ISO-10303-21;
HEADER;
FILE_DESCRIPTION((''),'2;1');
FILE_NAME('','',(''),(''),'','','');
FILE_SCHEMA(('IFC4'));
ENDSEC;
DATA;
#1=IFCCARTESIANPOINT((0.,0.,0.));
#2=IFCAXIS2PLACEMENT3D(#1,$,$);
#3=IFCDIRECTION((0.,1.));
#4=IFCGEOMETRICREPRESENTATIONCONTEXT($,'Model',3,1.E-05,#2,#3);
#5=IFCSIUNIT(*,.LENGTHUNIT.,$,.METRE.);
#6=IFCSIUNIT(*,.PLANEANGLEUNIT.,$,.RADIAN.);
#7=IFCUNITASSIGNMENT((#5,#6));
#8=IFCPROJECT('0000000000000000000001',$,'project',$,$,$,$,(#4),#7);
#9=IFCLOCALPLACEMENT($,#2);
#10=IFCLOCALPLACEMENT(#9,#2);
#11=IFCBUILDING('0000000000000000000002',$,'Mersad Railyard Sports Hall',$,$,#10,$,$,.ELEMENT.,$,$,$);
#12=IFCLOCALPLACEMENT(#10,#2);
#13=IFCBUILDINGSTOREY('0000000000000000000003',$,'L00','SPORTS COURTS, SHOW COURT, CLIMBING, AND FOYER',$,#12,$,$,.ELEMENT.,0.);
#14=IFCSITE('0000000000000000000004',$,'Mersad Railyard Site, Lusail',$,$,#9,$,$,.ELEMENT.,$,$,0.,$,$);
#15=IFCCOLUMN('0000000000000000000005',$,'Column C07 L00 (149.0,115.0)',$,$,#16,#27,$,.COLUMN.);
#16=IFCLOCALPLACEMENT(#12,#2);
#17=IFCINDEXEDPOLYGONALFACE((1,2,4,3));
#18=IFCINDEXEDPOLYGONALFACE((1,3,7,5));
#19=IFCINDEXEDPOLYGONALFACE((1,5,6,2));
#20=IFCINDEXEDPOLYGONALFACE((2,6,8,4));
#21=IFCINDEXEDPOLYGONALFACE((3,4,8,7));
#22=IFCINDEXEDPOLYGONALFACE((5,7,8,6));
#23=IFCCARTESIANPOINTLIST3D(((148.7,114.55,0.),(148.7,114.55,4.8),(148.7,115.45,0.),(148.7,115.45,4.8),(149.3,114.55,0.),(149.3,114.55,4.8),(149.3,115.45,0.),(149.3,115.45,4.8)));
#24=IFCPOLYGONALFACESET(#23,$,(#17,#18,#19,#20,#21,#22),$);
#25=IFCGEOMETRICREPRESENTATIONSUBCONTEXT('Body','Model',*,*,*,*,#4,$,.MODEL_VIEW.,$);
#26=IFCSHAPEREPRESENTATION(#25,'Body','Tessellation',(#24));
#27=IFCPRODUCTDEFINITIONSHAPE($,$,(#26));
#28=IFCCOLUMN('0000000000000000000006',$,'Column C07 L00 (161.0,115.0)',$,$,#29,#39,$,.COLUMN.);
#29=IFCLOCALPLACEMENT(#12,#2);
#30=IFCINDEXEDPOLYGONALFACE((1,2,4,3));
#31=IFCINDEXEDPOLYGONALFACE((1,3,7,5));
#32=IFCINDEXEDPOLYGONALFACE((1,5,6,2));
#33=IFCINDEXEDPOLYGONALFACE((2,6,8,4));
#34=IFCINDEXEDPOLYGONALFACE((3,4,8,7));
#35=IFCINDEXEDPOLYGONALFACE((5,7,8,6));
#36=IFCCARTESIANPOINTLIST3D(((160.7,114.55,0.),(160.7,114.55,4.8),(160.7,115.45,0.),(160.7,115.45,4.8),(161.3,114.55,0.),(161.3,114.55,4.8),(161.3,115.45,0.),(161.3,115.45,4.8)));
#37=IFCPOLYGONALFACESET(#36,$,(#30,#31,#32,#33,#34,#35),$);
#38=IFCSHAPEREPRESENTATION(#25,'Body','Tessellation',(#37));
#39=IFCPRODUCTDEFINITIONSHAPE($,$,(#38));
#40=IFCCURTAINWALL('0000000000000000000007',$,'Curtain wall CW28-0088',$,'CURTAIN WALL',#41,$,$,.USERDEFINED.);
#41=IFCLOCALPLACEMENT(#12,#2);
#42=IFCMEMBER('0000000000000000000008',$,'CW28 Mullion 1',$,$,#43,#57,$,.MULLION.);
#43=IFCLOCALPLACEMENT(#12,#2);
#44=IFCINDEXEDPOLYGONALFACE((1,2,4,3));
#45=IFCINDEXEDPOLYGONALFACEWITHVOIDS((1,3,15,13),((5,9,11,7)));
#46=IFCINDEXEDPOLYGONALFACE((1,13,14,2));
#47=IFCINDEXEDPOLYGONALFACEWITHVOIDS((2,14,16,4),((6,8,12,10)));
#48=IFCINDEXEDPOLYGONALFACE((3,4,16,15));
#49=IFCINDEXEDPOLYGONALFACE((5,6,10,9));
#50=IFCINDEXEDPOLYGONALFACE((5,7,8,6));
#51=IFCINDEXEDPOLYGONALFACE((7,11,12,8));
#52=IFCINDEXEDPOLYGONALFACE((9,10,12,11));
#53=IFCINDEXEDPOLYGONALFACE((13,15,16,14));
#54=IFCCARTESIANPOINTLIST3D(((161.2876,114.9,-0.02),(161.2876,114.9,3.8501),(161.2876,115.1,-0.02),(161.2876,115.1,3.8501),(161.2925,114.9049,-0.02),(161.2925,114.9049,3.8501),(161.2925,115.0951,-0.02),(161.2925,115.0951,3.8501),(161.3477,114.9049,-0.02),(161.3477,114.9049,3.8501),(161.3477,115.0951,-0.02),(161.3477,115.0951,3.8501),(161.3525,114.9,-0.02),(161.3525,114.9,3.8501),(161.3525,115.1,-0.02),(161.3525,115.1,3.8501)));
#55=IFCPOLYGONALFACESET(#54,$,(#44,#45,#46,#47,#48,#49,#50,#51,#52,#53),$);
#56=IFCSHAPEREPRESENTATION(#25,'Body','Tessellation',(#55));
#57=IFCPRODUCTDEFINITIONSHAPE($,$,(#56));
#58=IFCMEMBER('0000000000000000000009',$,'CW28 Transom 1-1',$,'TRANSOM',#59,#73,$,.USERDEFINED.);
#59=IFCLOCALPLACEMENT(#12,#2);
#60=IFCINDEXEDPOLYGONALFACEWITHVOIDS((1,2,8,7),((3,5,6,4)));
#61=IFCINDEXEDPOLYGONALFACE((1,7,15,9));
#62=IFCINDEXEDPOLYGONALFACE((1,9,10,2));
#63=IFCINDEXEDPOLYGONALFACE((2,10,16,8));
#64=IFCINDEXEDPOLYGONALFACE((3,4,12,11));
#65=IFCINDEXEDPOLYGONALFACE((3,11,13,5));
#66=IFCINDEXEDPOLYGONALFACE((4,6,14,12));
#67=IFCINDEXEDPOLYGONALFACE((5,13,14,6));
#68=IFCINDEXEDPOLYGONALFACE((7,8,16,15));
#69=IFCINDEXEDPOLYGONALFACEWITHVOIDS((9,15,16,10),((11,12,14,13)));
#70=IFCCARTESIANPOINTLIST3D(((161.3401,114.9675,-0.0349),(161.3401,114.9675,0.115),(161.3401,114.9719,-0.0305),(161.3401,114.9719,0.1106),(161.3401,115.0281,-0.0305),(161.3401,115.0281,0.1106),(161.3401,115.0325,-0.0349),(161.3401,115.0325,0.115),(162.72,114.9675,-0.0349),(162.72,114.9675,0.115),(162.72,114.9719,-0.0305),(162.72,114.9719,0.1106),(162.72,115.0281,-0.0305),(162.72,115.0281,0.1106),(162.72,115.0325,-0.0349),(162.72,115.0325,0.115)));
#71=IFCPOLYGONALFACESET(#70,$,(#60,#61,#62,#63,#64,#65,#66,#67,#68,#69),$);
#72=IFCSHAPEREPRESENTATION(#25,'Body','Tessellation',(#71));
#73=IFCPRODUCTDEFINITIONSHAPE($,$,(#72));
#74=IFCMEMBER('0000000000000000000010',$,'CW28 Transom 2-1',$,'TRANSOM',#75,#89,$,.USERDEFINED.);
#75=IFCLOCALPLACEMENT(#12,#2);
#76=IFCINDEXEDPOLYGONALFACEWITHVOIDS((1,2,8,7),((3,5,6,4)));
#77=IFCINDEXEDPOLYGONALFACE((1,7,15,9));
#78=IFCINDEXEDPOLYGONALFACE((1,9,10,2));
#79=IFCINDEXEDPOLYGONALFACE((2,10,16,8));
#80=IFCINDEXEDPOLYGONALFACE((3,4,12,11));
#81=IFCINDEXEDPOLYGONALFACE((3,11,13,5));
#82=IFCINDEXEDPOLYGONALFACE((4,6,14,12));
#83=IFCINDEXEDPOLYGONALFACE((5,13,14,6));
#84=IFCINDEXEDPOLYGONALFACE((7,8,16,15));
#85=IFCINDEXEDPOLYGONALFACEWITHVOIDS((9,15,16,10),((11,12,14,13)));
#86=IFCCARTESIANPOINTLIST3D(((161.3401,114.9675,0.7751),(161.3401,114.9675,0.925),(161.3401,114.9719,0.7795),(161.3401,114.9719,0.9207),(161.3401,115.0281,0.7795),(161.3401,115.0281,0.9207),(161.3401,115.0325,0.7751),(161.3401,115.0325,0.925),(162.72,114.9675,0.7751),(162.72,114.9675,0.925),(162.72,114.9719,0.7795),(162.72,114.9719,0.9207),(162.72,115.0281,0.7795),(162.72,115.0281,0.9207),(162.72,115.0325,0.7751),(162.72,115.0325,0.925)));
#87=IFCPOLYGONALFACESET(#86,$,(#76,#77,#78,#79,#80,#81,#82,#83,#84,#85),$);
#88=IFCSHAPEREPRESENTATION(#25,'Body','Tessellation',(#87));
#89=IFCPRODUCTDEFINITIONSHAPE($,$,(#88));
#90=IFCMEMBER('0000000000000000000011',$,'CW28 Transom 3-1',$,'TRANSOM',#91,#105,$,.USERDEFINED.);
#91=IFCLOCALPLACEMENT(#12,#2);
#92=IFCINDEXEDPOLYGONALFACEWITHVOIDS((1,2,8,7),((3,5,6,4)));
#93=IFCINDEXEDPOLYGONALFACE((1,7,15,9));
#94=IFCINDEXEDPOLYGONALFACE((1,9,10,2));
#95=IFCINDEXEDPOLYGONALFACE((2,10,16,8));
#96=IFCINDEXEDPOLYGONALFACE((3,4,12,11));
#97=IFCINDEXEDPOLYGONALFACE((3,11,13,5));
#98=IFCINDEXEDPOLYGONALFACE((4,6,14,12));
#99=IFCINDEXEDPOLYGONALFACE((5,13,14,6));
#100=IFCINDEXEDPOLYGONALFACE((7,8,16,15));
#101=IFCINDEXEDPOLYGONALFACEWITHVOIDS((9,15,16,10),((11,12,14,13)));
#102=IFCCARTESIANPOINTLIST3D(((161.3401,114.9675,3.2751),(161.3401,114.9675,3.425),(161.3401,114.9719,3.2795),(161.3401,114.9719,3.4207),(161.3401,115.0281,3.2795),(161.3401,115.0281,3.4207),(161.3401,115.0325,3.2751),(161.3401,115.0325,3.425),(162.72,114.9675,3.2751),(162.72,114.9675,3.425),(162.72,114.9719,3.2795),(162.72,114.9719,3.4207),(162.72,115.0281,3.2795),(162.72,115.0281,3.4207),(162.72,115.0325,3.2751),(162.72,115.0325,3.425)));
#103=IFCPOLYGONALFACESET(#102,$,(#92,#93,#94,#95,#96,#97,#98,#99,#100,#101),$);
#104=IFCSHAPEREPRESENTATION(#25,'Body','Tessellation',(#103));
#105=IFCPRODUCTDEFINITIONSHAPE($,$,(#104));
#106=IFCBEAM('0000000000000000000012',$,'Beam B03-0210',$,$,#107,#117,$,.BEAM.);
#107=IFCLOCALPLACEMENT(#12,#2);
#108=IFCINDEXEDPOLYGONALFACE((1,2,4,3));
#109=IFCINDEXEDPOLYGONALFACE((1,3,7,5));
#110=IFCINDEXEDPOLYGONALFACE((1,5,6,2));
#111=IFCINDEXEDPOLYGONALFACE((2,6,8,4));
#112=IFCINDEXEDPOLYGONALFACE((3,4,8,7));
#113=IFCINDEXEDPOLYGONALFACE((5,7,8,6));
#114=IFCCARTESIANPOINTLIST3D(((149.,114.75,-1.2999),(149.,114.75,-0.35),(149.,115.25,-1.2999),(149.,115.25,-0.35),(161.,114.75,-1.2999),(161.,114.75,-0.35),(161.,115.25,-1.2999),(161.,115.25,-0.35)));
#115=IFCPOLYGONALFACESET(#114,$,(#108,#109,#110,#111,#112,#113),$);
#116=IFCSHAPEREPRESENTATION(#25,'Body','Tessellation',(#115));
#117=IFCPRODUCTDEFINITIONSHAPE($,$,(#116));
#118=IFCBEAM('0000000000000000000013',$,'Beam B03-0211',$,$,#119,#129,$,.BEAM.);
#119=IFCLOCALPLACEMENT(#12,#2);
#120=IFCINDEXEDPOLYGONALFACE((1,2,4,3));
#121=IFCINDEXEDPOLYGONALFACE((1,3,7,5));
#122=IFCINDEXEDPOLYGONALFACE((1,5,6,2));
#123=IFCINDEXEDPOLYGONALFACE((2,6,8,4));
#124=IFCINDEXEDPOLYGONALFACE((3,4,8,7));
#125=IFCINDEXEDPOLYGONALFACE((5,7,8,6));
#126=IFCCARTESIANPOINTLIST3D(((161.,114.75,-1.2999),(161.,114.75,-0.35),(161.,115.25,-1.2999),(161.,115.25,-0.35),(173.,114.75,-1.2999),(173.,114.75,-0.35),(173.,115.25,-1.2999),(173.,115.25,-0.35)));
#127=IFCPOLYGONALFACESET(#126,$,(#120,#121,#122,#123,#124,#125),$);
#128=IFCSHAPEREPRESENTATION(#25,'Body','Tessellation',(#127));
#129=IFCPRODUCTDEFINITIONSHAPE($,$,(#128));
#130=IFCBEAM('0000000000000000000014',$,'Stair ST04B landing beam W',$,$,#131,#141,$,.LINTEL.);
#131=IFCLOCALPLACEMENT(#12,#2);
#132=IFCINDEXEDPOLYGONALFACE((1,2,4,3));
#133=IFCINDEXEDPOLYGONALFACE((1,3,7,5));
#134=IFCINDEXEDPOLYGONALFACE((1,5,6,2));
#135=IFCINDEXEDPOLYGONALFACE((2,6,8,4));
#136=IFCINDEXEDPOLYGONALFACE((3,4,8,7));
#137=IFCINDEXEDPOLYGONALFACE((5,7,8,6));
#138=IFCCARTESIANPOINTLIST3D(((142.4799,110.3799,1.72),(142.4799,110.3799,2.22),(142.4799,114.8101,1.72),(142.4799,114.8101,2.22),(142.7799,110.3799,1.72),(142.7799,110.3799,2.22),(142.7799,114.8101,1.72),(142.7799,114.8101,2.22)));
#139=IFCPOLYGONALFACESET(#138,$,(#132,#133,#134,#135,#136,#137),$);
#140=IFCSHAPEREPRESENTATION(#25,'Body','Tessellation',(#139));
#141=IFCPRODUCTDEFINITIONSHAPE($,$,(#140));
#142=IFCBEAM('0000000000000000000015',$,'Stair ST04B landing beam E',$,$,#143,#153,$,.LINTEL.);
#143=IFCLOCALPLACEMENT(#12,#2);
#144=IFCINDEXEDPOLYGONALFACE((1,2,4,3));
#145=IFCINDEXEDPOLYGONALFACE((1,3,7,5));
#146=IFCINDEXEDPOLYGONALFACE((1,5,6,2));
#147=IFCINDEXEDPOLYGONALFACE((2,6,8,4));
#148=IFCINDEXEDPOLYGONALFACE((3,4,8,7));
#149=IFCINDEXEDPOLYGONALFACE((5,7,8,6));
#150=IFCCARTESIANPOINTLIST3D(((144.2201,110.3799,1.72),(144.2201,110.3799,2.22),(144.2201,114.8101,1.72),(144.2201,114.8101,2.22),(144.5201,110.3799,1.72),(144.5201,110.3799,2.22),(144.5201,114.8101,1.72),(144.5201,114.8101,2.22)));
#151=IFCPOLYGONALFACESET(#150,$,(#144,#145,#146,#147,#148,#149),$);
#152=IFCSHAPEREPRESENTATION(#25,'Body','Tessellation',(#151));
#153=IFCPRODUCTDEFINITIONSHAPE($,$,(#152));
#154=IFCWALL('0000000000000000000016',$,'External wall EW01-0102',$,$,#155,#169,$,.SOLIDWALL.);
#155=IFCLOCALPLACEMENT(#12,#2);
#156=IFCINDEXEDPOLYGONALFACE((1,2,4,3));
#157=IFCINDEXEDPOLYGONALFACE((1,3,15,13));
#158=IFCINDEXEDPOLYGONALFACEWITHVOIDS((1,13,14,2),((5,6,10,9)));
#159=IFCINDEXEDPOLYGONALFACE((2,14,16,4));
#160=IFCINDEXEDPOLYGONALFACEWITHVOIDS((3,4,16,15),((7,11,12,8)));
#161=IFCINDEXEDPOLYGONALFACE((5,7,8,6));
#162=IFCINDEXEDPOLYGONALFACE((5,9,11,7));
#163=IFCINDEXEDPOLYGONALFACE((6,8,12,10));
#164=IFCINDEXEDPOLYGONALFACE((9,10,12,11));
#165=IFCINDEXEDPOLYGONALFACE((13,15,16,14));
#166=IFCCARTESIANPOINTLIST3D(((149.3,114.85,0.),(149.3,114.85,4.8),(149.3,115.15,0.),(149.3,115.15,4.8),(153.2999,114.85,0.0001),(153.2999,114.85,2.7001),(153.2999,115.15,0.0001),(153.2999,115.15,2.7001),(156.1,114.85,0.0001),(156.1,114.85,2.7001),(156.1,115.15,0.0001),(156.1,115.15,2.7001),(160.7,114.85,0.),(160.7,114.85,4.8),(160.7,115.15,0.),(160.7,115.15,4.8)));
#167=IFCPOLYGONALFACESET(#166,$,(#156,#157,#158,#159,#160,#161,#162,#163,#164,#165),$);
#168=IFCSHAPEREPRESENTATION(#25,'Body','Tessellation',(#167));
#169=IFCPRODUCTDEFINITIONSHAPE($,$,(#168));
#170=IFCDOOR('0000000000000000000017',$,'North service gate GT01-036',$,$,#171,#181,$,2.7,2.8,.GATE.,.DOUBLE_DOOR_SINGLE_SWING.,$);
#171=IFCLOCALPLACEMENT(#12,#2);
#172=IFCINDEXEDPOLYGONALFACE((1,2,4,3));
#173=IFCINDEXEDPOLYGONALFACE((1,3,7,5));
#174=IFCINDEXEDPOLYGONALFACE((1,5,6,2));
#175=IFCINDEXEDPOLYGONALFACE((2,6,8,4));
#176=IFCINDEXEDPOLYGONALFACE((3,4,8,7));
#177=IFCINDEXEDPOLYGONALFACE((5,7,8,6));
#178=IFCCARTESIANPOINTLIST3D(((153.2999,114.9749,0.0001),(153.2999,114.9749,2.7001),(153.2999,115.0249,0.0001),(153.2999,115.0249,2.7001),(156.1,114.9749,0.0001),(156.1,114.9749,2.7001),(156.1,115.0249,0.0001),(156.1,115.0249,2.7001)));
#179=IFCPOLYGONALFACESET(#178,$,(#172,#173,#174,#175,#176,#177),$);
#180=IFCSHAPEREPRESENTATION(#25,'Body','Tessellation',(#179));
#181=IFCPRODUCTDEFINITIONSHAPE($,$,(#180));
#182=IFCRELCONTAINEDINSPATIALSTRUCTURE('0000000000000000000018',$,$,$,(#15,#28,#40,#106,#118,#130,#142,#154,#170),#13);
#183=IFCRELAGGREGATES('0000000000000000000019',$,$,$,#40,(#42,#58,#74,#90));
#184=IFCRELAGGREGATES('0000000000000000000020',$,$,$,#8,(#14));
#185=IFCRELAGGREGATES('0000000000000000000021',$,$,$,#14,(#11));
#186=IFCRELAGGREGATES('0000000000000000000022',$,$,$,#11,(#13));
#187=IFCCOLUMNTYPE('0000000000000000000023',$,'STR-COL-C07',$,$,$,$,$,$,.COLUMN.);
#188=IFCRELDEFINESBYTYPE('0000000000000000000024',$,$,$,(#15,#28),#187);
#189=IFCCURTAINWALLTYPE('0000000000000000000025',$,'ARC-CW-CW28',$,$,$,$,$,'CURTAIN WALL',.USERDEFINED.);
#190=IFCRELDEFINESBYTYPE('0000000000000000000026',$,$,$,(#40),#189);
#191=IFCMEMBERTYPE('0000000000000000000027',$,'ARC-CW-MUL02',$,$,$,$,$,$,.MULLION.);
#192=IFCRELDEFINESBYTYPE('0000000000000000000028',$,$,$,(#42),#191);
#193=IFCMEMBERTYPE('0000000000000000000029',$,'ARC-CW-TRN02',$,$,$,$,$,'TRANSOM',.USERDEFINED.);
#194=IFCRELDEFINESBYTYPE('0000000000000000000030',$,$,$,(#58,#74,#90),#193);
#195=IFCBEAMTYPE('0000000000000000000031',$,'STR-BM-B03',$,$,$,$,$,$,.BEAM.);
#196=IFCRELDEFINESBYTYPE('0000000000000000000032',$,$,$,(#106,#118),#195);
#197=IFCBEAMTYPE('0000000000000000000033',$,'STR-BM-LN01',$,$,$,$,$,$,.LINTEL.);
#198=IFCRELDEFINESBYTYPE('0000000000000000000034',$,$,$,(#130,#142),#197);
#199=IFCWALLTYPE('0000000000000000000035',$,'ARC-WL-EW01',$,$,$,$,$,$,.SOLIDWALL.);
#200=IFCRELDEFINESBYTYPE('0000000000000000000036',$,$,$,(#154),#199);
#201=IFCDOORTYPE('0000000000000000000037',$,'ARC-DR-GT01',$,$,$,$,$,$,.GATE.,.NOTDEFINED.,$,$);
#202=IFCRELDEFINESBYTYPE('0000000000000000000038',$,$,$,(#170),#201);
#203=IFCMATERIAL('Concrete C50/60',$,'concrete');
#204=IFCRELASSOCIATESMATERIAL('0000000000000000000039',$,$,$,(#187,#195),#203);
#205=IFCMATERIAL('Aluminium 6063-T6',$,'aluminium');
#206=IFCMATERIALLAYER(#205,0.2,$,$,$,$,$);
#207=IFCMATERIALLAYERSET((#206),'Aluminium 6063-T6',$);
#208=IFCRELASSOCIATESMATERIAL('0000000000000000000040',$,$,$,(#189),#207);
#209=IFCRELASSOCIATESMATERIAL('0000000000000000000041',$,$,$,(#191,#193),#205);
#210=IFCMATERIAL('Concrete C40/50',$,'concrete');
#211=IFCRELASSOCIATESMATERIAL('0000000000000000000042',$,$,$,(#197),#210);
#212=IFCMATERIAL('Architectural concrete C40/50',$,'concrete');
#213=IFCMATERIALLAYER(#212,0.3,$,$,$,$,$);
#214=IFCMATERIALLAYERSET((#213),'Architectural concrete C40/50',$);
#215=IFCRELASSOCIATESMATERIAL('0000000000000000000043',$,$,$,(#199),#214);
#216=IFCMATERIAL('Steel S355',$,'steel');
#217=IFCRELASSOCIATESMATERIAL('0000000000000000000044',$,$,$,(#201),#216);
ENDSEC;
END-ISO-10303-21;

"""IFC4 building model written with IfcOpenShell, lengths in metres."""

from ifc_helpers import new_model, si_unit, direction, frame, frame_2d, origin, origin_2d, place, context, subcontext, project, spatial, rectangle, hollow_rectangle, extrude, material, layer, layer_set, material_profile, profile_set, type_object, element, fill, aggregate, save


model = new_model("IFC4")

# Units and contexts
model_context = context("Model", 3, precision=1e-05, world=origin(), true_north=direction((0.0, 1.0)))
body_context = subcontext(model_context, "Body", "Model", "MODEL_VIEW")
ifc_project = project(units=[si_unit("LENGTHUNIT", "METRE"), si_unit("PLANEANGLEUNIT", "RADIAN")], contexts=[model_context])

# Site, building, storey
site_placement = place(None, origin())
site = spatial("IfcSite", under=ifc_project, at=site_placement, Name="Mersad Railyard Site, Lusail", CompositionType="ELEMENT", RefElevation=0.0)
building_placement = place(site_placement, origin())
building = spatial("IfcBuilding", under=site, at=building_placement, Name="Mersad Railyard Sports Hall", CompositionType="ELEMENT")
storey_placement = place(building_placement, origin())
storey = spatial("IfcBuildingStorey", under=building, at=storey_placement, Name="L00", Description="SPORTS COURTS, SHOW COURT, CLIMBING, AND FOYER", CompositionType="ELEMENT", Elevation=0.0)

# Columns
ifc_material_1 = material(Name="Concrete C50/60", Category="concrete")
ifc_material_profile_1 = material_profile(ifc_material_1, rectangle(XDim=0.6001, YDim=0.8999, at=origin_2d()), Name="RC 600x900")
ifc_profile_set_1 = profile_set([ifc_material_profile_1], Name="Concrete C50/60")
column_type = type_object("IfcColumnType", Name="STR-COL-C07", PredefinedType="COLUMN", material=ifc_profile_set_1)
for number, where, z_axis, x_axis, name in (
    (1, (149.0, 115.0, 0.0), (0.0, 0.0, 1.0), (1.0, 0.0, 0.0), "Column C07 L00 (149.0,115.0)"),
    (2, (161.0, 115.0, 0.0), (0.0, 0.0, 1.0), (1.0, 0.0, 0.0), "Column C07 L00 (161.0,115.0)"),
):
    element("IfcColumn", number, at=place(storey_placement, frame(where, z_axis=z_axis, x_axis=x_axis)), inside=storey, type_object=column_type, Name=name, PredefinedType="COLUMN", context=body_context, shape_type="SweptSolid", body=[
        extrude(rectangle(XDim=0.6001, YDim=0.8999, at=origin_2d()), origin(), (0.0, 0.0, 1.0), 4.8),
    ])

# Curtain wall, members
ifc_material_2 = material(Name="Aluminium 6063-T6", Category="aluminium")
ifc_layer_1 = layer(ifc_material_2, 0.2)
ifc_layer_set_1 = layer_set([ifc_layer_1], Name="Aluminium 6063-T6")
curtain_wall_type = type_object("IfcCurtainWallType", Name="ARC-CW-CW28", ElementType="CURTAIN WALL", PredefinedType="USERDEFINED", material=ifc_layer_set_1)
curtain_wall_placement = place(storey_placement, origin())
curtain_wall = element("IfcCurtainWall", 3, at=curtain_wall_placement, inside=storey, type_object=curtain_wall_type, Name="Curtain wall CW28-0088", ObjectType="CURTAIN WALL", PredefinedType="USERDEFINED")
ifc_material_profile_2 = material_profile(ifc_material_2, hollow_rectangle(XDim=0.0649, YDim=0.2, WallThickness=0.0049, at=origin_2d()), Name="AL MULLION 65x200x5")
ifc_profile_set_2 = profile_set([ifc_material_profile_2], Name="Aluminium 6063-T6")
member_type_1 = type_object("IfcMemberType", Name="ARC-CW-MUL02", PredefinedType="MULLION", material=ifc_profile_set_2)
member_1_placement = place(storey_placement, frame((161.3201, 115.0, -0.02), z_axis=(0.0, 0.0, 1.0), x_axis=(1.0, 0.0, 0.0)))
member_1 = element("IfcMember", 4, at=member_1_placement, type_object=member_type_1, Name="CW28 Mullion 1", PredefinedType="MULLION", context=body_context, shape_type="SweptSolid", body=[
    extrude(hollow_rectangle(XDim=0.0649, YDim=0.2, WallThickness=0.0049, at=origin_2d()), origin(), (0.0, 0.0, 1.0), 3.8701),
])
ifc_material_profile_3 = material_profile(ifc_material_2, hollow_rectangle(XDim=0.0649, YDim=0.1499, WallThickness=0.0044, at=origin_2d()), Name="AL TRANSOM 65x150x4.5")
ifc_profile_set_3 = profile_set([ifc_material_profile_3], Name="Aluminium 6063-T6")
member_type_2 = type_object("IfcMemberType", Name="ARC-CW-TRN02", ElementType="TRANSOM", PredefinedType="USERDEFINED", material=ifc_profile_set_3)
member_2_placement = place(storey_placement, frame((161.3401, 115.0, 0.04), z_axis=(1.0, 0.0, 0.0), x_axis=(0.0, 1.0, 0.0)))
member_2 = element("IfcMember", 5, at=member_2_placement, type_object=member_type_2, Name="CW28 Transom 1-1", ObjectType="TRANSOM", PredefinedType="USERDEFINED", context=body_context, shape_type="SweptSolid", body=[
    extrude(hollow_rectangle(XDim=0.0649, YDim=0.1499, WallThickness=0.0044, at=origin_2d()), origin(), (0.0, 0.0, 1.0), 1.3799),
])
member_3_placement = place(storey_placement, frame((161.3401, 115.0, 0.8501), z_axis=(1.0, 0.0, 0.0), x_axis=(0.0, 1.0, 0.0)))
member_3 = element("IfcMember", 6, at=member_3_placement, type_object=member_type_2, Name="CW28 Transom 2-1", ObjectType="TRANSOM", PredefinedType="USERDEFINED", context=body_context, shape_type="SweptSolid", body=[
    extrude(hollow_rectangle(XDim=0.0649, YDim=0.1499, WallThickness=0.0044, at=origin_2d()), origin(), (0.0, 0.0, 1.0), 1.3799),
])
member_4_placement = place(storey_placement, frame((161.3401, 115.0, 3.3501), z_axis=(1.0, 0.0, 0.0), x_axis=(0.0, 1.0, 0.0)))
member_4 = element("IfcMember", 7, at=member_4_placement, type_object=member_type_2, Name="CW28 Transom 3-1", ObjectType="TRANSOM", PredefinedType="USERDEFINED", context=body_context, shape_type="SweptSolid", body=[
    extrude(hollow_rectangle(XDim=0.0649, YDim=0.1499, WallThickness=0.0044, at=origin_2d()), origin(), (0.0, 0.0, 1.0), 1.3799),
])
aggregate(curtain_wall, [member_1, member_2, member_3, member_4])

# Beams
ifc_material_profile_4 = material_profile(ifc_material_1, rectangle(XDim=0.5, YDim=0.95, at=origin_2d()), Name="RC 500x950")
ifc_profile_set_4 = profile_set([ifc_material_profile_4], Name="Concrete C50/60")
beam_type_1 = type_object("IfcBeamType", Name="STR-BM-B03", PredefinedType="BEAM", material=ifc_profile_set_4)
for number, where, z_axis, x_axis, name in (
    (8, (149.0, 115.0, -0.825), (1.0, 0.0, 0.0), (0.0, 1.0, 0.0), "Beam B03-0210"),
    (9, (161.0, 115.0, -0.825), (1.0, 0.0, 0.0), (0.0, 1.0, 0.0), "Beam B03-0211"),
):
    element("IfcBeam", number, at=place(storey_placement, frame(where, z_axis=z_axis, x_axis=x_axis)), inside=storey, type_object=beam_type_1, Name=name, PredefinedType="BEAM", context=body_context, shape_type="SweptSolid", body=[
        extrude(rectangle(XDim=0.5, YDim=0.95, at=origin_2d()), origin(), (0.0, 0.0, 1.0), 12.0),
    ])
ifc_material_3 = material(Name="Concrete C40/50", Category="concrete")
ifc_material_profile_5 = material_profile(ifc_material_3, rectangle(XDim=0.3, YDim=0.5, at=origin_2d()), Name="RC 300x500")
ifc_profile_set_5 = profile_set([ifc_material_profile_5], Name="Concrete C40/50")
beam_type_2 = type_object("IfcBeamType", Name="STR-BM-LN01", PredefinedType="LINTEL", material=ifc_profile_set_5)
for number, where, z_axis, x_axis, name in (
    (10, (142.6299, 110.3799, 1.97), (0.0, 1.0, 0.0), (-1.0, 0.0, 0.0), "Stair ST04B landing beam W"),
    (11, (144.3701, 110.3799, 1.97), (0.0, 1.0, 0.0), (-1.0, 0.0, 0.0), "Stair ST04B landing beam E"),
):
    element("IfcBeam", number, at=place(storey_placement, frame(where, z_axis=z_axis, x_axis=x_axis)), inside=storey, type_object=beam_type_2, Name=name, PredefinedType="LINTEL", context=body_context, shape_type="SweptSolid", body=[
        extrude(rectangle(XDim=0.3, YDim=0.5, at=origin_2d()), origin(), (0.0, 0.0, 1.0), 4.4302),
    ])

# Wall, opening, door
ifc_material_4 = material(Name="Architectural concrete C40/50", Category="concrete")
ifc_layer_2 = layer(ifc_material_4, 0.3)
ifc_layer_set_2 = layer_set([ifc_layer_2], Name="Architectural concrete C40/50")
wall_type_1 = type_object("IfcWallType", Name="ARC-WL-EW01", PredefinedType="SOLIDWALL", material=ifc_layer_set_2)
wall_1_placement = place(storey_placement, frame((149.3, 115.0, 0.0), z_axis=(0.0, 0.0, 1.0), x_axis=(1.0, 0.0, 0.0)))
wall_1 = element("IfcWall", 12, at=wall_1_placement, inside=storey, type_object=wall_type_1, Name="External wall EW01-0102", PredefinedType="SOLIDWALL", context=body_context, shape_type="SweptSolid", body=[
    extrude(rectangle(XDim=11.3999, YDim=0.3, at=frame_2d((5.7, 0.0))), origin(), (0.0, 0.0, 1.0), 4.8),
])
opening_1_placement = place(wall_1_placement, frame((4.0, 0.0, 0.0)))
opening_1 = element("IfcOpeningElement", 13, at=opening_1_placement, cuts=wall_1, PredefinedType="OPENING", context=body_context, shape_type="SweptSolid", body=[
    extrude(rectangle(XDim=2.8, YDim=2.7, at=frame_2d((1.3999, 1.3501))), frame((0.0, 0.1599, 0.0), z_axis=(0.0, -1.0, 0.0), x_axis=(1.0, 0.0, 0.0)), (0.0, 0.0, 1.0), 0.3201),
])
ifc_material_5 = material(Name="Steel S355", Category="steel")
door_type_1 = type_object("IfcDoorType", Name="ARC-DR-GT01", OperationType="NOTDEFINED", PredefinedType="GATE", material=ifc_material_5)
door_1_placement = place(opening_1_placement, origin())
door_1 = element("IfcDoor", 14, at=door_1_placement, inside=storey, type_object=door_type_1, Name="North service gate GT01-036", OperationType="DOUBLE_DOOR_SINGLE_SWING", OverallHeight=2.7, OverallWidth=2.8, PredefinedType="GATE", context=body_context, shape_type="SweptSolid", body=[
    extrude(rectangle(XDim=2.8, YDim=2.7, at=frame_2d((1.3999, 1.3501))), frame((0.0, 0.0249, 0.0), z_axis=(0.0, -1.0, 0.0), x_axis=(1.0, 0.0, 0.0)), (0.0, 0.0, 1.0), 0.05),
])
fill(opening_1, door_1)

save(model, "model.ifc")
